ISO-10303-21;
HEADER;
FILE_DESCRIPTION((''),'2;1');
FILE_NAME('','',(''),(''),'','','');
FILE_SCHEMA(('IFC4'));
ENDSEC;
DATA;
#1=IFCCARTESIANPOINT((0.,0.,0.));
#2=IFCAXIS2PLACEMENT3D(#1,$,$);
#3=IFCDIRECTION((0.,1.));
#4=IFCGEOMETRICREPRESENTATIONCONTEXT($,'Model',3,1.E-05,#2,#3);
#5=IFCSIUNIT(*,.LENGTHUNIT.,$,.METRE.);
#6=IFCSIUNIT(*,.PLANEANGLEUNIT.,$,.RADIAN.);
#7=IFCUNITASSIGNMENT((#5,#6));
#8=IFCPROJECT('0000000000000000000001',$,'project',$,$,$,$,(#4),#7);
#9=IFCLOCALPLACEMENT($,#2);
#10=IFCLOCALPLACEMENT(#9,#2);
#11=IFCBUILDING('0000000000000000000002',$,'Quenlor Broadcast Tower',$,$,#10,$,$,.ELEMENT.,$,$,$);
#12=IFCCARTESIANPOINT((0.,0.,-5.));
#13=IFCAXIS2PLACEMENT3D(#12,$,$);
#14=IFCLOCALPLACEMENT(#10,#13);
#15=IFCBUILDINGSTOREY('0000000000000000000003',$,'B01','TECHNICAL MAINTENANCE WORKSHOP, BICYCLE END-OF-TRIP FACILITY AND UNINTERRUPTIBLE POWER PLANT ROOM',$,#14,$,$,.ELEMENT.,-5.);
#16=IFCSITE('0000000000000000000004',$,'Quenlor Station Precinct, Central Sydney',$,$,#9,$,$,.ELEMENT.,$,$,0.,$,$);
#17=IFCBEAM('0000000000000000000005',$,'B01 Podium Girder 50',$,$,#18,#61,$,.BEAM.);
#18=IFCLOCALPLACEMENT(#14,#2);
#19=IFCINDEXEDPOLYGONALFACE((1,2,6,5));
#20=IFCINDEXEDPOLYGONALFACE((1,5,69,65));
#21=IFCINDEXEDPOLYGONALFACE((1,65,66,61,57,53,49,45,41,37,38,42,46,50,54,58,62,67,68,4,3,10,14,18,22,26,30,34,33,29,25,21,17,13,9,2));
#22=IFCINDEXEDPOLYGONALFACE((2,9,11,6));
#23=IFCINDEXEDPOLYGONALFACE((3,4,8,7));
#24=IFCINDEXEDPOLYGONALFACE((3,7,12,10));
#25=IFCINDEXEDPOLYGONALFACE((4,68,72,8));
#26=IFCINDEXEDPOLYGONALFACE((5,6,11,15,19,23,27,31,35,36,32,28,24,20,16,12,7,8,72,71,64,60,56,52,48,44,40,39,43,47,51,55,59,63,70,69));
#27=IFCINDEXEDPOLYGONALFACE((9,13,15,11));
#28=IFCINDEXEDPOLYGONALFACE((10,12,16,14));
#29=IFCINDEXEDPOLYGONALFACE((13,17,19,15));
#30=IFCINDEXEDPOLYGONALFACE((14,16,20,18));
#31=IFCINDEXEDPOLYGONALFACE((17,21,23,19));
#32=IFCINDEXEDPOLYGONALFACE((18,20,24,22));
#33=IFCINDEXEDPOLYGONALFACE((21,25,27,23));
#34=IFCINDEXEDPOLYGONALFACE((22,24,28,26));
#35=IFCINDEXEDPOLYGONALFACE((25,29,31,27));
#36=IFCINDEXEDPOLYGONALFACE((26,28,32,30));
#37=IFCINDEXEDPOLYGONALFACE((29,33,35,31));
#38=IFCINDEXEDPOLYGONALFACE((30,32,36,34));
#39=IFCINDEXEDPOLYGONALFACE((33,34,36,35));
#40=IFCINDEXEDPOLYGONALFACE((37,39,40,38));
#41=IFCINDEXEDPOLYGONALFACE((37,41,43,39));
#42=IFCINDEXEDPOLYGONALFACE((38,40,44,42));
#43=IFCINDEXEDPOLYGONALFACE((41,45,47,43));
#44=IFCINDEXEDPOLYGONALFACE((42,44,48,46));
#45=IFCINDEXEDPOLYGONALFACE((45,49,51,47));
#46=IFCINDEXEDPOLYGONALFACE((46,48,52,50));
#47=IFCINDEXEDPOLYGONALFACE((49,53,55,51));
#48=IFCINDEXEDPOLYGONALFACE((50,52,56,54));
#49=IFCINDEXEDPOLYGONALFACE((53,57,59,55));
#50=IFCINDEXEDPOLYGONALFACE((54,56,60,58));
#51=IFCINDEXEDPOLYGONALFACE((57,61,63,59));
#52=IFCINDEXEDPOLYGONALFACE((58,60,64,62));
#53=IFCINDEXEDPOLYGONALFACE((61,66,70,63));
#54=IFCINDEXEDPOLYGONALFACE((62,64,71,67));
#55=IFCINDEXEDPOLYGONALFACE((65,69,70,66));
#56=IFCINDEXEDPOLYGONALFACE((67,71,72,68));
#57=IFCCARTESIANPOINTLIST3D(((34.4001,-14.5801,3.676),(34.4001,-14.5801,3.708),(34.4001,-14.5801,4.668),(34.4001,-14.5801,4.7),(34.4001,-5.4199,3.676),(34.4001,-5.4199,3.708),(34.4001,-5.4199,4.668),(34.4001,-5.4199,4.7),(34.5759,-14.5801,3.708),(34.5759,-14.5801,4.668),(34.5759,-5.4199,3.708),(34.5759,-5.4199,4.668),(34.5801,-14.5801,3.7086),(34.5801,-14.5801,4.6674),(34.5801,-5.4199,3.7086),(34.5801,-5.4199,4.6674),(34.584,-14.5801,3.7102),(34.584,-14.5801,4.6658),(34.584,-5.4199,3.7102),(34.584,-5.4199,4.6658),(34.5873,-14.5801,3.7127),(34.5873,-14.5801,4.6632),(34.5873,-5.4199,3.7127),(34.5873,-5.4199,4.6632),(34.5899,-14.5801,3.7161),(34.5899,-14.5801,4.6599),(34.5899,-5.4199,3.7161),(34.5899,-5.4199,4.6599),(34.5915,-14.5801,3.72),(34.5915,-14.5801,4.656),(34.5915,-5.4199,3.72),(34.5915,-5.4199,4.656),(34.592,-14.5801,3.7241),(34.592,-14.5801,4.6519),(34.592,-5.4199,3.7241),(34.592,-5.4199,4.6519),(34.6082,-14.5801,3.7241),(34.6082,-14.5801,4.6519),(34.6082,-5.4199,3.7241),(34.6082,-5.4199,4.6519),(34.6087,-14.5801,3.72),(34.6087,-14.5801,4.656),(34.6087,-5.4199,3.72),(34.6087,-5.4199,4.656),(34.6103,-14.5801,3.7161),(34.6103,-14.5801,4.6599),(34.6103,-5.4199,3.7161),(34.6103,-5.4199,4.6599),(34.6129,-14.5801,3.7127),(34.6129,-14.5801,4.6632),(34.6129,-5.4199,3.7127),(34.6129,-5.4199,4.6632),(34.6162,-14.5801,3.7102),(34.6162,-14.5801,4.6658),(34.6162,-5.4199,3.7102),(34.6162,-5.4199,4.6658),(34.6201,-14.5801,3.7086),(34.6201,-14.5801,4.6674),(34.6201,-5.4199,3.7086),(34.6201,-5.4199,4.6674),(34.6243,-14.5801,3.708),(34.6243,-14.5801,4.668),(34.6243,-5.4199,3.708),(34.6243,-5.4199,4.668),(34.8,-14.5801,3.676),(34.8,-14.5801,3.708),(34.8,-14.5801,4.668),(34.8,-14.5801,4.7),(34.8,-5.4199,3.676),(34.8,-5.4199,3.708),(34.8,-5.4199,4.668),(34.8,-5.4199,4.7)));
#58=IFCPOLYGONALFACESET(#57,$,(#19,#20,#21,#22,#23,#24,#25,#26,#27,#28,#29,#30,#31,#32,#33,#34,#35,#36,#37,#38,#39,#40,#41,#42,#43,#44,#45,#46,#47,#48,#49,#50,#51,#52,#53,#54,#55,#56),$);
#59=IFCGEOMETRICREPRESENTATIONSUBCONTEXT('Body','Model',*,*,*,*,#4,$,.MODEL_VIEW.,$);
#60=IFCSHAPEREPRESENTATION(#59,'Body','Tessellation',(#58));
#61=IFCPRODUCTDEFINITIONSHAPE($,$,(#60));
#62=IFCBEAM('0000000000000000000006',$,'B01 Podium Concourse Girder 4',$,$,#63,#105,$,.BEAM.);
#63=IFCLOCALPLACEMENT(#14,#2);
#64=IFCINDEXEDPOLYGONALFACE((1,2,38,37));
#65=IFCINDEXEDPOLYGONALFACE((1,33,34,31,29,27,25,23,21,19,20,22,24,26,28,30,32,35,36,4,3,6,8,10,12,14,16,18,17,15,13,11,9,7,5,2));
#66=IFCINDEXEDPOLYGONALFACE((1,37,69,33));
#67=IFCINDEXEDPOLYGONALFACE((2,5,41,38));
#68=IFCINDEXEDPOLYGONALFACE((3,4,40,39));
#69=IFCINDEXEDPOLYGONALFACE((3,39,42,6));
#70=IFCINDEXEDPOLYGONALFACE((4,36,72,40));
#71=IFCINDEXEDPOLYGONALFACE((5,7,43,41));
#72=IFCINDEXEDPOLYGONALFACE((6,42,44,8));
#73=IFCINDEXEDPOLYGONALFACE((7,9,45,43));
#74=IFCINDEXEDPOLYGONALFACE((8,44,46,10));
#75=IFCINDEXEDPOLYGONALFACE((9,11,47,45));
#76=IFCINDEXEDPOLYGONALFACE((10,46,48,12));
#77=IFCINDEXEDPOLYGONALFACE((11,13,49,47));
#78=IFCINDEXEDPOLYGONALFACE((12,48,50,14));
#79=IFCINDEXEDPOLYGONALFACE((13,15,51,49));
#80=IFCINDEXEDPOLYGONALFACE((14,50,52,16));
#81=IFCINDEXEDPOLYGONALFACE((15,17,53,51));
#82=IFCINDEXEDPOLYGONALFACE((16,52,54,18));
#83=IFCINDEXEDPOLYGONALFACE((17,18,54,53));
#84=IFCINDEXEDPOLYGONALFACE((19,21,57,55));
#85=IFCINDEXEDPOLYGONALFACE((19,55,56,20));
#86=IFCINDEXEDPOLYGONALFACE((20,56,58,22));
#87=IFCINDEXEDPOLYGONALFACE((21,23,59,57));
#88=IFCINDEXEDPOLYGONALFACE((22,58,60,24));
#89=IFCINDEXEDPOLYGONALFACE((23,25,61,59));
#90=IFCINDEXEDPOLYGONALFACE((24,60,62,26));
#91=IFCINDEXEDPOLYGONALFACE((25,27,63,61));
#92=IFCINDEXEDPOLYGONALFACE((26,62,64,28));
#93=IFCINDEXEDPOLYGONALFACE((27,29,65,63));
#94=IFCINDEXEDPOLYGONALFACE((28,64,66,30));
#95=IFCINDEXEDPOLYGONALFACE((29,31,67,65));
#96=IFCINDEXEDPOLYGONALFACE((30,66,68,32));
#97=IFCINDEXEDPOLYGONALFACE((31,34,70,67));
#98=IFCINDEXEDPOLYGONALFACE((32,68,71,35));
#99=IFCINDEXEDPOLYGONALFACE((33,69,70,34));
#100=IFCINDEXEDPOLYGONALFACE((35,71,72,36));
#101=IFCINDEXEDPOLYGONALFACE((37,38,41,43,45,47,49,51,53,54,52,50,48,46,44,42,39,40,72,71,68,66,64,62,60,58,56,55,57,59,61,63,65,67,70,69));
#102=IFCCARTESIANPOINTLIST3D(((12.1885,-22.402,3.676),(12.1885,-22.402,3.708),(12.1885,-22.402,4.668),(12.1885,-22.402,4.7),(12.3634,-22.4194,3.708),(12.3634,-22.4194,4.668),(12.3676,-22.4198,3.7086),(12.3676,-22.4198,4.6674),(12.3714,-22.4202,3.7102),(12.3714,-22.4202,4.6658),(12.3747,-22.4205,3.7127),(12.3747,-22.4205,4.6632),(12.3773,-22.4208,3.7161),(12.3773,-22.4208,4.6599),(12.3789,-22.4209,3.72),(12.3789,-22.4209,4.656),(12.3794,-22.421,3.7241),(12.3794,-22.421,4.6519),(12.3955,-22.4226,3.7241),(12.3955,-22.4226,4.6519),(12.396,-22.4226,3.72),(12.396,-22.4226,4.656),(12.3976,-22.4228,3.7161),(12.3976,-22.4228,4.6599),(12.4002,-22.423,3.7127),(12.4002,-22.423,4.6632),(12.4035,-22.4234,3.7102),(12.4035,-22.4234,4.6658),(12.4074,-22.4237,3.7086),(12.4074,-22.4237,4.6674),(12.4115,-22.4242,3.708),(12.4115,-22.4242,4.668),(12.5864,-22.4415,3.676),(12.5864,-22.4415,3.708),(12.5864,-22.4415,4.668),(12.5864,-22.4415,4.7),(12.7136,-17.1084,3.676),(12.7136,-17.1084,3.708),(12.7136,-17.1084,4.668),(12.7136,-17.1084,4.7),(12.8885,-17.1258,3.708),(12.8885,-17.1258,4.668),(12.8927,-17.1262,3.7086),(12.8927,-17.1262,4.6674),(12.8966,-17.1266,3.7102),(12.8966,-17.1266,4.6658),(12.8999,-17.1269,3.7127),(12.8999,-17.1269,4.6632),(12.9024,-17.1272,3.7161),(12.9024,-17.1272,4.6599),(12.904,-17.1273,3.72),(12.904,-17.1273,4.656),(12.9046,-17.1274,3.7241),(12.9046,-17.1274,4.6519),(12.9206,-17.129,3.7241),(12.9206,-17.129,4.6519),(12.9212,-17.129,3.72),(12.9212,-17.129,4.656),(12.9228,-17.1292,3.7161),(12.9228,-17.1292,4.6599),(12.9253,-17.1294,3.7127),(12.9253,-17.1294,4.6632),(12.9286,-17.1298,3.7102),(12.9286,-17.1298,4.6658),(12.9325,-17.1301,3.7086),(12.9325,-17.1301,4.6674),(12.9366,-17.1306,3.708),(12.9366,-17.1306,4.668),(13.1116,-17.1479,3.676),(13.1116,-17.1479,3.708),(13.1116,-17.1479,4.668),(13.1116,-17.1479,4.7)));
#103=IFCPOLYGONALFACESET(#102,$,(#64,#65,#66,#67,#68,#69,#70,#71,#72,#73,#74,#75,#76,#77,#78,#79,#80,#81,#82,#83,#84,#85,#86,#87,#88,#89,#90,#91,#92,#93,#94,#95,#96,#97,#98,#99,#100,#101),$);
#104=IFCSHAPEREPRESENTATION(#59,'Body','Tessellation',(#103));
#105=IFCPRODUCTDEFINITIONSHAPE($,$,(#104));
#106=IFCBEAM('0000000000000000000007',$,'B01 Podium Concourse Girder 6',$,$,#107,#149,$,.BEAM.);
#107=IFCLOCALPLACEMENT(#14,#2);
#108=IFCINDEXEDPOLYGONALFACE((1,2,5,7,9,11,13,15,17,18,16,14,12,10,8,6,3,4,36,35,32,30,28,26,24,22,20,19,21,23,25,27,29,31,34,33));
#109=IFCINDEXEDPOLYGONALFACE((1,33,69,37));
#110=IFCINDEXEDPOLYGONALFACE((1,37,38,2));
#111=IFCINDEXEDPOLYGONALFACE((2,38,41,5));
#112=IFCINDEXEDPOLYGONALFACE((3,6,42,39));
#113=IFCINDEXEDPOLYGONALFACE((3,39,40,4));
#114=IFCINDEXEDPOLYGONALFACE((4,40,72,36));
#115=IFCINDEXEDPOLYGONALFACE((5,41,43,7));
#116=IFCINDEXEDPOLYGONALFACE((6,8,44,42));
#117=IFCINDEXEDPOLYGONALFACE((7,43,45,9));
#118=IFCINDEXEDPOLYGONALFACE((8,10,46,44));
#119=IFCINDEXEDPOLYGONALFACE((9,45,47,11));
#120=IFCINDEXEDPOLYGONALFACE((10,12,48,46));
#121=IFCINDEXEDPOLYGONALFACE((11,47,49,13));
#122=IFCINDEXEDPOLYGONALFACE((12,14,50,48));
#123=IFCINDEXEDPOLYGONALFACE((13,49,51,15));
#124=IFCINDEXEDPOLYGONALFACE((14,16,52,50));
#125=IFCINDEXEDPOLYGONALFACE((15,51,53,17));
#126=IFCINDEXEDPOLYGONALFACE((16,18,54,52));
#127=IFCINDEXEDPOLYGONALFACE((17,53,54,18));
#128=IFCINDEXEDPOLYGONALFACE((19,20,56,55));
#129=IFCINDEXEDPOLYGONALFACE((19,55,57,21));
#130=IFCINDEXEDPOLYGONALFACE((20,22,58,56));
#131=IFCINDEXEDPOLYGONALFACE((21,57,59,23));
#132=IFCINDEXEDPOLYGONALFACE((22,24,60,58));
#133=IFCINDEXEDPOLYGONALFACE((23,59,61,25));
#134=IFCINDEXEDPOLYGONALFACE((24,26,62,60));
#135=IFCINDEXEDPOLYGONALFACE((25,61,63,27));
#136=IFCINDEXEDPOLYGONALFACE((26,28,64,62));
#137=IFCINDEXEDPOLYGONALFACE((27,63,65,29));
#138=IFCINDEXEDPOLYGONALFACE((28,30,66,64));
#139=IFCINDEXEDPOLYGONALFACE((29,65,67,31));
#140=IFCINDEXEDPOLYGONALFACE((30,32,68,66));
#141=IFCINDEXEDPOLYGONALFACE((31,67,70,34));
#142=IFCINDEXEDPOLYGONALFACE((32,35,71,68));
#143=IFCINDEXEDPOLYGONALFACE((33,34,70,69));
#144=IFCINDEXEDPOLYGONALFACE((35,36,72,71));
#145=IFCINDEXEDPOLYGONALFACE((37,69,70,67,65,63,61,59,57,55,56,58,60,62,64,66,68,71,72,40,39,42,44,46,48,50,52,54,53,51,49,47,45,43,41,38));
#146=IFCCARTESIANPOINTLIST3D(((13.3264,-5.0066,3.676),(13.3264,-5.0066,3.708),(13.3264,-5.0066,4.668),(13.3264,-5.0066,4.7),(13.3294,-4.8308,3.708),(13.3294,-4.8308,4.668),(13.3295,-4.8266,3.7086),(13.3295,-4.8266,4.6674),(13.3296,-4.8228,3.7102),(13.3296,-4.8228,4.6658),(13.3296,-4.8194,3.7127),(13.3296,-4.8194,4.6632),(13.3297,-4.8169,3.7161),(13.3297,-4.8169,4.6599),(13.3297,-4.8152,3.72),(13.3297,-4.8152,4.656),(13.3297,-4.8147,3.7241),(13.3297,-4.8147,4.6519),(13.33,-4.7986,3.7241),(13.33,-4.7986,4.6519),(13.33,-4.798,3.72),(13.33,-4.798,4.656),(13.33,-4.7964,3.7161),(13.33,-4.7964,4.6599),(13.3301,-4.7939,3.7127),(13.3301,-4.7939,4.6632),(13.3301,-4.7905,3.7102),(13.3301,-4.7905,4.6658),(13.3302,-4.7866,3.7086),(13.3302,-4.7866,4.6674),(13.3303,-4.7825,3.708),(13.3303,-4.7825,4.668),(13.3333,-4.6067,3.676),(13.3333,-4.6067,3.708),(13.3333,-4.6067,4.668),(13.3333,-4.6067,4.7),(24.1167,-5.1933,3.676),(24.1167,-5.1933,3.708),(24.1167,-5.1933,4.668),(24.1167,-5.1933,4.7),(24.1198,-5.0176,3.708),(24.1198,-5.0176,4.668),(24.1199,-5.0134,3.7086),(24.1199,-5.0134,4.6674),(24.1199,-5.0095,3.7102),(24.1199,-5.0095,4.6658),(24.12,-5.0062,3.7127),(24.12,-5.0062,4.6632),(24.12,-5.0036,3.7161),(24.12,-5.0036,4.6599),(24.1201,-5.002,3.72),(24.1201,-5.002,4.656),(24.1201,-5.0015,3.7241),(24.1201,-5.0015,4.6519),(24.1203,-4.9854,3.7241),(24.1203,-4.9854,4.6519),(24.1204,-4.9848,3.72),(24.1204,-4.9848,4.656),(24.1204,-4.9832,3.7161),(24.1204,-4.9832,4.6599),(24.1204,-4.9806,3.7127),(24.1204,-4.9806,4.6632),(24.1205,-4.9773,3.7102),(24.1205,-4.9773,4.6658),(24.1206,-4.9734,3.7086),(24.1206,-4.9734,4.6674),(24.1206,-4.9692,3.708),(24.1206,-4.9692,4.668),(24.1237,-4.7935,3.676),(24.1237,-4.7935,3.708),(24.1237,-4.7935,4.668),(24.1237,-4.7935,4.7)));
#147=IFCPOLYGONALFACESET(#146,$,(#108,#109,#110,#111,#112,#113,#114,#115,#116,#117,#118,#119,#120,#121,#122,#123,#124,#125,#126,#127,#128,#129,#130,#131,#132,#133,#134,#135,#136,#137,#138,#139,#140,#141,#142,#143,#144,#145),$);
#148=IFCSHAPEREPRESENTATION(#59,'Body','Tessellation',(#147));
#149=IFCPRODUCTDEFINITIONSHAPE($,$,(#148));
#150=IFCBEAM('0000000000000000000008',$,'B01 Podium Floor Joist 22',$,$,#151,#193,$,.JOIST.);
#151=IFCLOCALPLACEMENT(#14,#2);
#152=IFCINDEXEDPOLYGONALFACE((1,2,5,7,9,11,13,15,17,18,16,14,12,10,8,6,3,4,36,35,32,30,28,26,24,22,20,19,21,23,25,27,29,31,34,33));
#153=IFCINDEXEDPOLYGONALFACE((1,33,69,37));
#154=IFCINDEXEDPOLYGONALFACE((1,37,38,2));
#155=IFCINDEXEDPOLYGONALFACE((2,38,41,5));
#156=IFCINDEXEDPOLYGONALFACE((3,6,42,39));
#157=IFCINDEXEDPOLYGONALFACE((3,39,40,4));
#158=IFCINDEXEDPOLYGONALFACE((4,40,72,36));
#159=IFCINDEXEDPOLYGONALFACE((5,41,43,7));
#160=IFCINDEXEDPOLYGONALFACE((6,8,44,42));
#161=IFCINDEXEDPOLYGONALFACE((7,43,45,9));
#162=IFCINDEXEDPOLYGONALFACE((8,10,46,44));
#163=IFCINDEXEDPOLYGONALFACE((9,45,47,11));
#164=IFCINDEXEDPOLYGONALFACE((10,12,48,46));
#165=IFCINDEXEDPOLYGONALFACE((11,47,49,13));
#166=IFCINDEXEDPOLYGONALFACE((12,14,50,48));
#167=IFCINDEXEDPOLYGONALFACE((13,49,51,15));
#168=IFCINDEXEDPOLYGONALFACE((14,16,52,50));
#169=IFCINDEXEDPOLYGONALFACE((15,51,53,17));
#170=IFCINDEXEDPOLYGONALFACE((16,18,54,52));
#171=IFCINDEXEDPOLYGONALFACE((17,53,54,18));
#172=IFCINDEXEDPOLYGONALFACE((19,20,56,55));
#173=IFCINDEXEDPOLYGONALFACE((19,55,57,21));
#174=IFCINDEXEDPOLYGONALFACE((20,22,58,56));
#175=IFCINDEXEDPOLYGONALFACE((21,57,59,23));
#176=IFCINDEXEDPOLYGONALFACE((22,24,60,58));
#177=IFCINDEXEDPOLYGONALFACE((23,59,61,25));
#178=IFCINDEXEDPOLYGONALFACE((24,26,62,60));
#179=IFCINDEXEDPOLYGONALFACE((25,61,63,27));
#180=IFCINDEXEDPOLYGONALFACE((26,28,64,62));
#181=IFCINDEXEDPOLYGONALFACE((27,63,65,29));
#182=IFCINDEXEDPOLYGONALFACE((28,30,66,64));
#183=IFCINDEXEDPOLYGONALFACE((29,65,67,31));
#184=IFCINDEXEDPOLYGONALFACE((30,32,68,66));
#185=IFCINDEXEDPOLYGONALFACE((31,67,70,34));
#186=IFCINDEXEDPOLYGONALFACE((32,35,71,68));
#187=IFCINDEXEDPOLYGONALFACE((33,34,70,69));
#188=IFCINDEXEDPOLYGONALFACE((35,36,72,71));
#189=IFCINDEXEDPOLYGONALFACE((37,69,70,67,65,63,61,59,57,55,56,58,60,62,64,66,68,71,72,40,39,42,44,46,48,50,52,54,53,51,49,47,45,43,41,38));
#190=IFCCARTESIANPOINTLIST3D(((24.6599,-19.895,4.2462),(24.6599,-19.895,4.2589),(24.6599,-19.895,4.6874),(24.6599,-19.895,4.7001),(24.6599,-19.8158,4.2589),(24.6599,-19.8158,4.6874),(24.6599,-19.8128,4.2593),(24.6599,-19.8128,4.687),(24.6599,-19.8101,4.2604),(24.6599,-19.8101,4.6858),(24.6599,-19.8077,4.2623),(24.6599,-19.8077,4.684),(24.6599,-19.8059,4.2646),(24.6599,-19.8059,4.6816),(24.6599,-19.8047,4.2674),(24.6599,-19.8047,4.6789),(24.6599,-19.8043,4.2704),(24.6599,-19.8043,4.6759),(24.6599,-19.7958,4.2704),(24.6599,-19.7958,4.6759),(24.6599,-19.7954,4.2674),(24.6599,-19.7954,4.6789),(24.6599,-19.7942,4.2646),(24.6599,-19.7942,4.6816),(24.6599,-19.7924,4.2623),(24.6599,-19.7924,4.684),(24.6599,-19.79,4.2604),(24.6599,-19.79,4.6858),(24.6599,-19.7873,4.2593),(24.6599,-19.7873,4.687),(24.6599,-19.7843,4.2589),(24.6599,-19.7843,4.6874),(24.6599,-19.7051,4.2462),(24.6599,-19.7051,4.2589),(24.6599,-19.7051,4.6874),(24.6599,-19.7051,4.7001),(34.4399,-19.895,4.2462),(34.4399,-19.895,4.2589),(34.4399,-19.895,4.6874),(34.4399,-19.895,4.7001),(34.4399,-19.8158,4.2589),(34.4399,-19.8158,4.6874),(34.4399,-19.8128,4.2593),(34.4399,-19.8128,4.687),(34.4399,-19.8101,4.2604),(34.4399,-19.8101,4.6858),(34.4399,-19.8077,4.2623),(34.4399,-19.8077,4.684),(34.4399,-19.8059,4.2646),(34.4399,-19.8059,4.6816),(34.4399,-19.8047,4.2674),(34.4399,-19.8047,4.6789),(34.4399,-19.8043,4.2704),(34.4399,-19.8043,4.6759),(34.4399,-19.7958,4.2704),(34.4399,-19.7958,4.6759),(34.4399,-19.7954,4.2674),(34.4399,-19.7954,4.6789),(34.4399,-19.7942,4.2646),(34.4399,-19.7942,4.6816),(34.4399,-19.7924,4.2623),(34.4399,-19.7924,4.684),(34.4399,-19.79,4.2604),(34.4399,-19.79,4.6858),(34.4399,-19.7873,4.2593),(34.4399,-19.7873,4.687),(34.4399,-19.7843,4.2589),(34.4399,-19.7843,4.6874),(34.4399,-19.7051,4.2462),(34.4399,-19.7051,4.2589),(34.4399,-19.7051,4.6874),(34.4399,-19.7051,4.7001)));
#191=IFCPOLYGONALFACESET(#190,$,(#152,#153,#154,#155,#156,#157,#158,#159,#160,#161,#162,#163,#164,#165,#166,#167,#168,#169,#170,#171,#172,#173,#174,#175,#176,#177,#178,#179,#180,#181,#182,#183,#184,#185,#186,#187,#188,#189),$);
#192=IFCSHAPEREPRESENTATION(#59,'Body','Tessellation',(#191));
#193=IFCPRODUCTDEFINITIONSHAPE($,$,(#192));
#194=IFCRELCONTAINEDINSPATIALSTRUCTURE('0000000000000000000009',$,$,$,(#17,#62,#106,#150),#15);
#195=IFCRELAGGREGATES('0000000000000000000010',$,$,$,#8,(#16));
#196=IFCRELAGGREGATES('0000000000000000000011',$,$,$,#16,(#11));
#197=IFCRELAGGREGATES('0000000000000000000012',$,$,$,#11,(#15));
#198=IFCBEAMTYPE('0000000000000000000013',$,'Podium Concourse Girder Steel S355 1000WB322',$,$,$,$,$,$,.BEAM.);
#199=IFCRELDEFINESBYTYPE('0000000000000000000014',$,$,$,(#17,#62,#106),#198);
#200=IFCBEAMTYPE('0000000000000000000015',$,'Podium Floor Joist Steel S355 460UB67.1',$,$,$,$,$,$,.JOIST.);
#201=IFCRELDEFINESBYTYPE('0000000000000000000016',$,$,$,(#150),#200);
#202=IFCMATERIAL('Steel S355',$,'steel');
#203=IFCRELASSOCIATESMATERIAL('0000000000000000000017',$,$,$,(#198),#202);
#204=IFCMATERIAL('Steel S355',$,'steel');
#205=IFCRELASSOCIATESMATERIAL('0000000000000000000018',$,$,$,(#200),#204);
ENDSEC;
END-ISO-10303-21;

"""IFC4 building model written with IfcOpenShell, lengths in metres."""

from ifc_helpers import new_model, si_unit, direction, frame, origin, origin_2d, place, context, subcontext, project, spatial, i_section, extrude, material, material_profile, profile_set, type_object, element, save


model = new_model("IFC4")

# Units and contexts
model_context = context("Model", 3, precision=1e-05, world=origin(), true_north=direction((0.0, 1.0)))
body_context = subcontext(model_context, "Body", "Model", "MODEL_VIEW")
ifc_project = project(units=[si_unit("LENGTHUNIT", "METRE"), si_unit("PLANEANGLEUNIT", "RADIAN")], contexts=[model_context])

# Site, building, storey
site_placement = place(None, origin())
site = spatial("IfcSite", under=ifc_project, at=site_placement, Name="Quenlor Station Precinct, Central Sydney", CompositionType="ELEMENT", RefElevation=0.0)
building_placement = place(site_placement, origin())
building = spatial("IfcBuilding", under=site, at=building_placement, Name="Quenlor Broadcast Tower", CompositionType="ELEMENT")
storey_placement = place(building_placement, frame((0.0, 0.0, -5.0)))
storey = spatial("IfcBuildingStorey", under=building, at=storey_placement, Name="B01", Description="TECHNICAL MAINTENANCE WORKSHOP, BICYCLE END-OF-TRIP FACILITY AND UNINTERRUPTIBLE POWER PLANT ROOM", CompositionType="ELEMENT", Elevation=-5.0)

# Beams
ifc_material_1 = material(Name="Steel S355", Category="steel")
ifc_material_profile_1 = material_profile(ifc_material_1, i_section(OverallWidth=0.3999, OverallDepth=1.0239, WebThickness=0.0161, FlangeThickness=0.032, FilletRadius=0.0161, at=origin_2d()))
ifc_profile_set_1 = profile_set([ifc_material_profile_1], Name="Steel S355 1000WB322")
beam_type_1 = type_object("IfcBeamType", Name="Podium Concourse Girder Steel S355 1000WB322", PredefinedType="BEAM", material=ifc_profile_set_1)
beam_1_placement = place(storey_placement, frame((34.6001, -14.5801, 4.188), z_axis=(0.0, 1.0, 0.0), x_axis=(-1.0, 0.0, 0.0)))
element("IfcBeam", 1, at=beam_1_placement, inside=storey, type_object=beam_type_1, Name="B01 Podium Girder 50", PredefinedType="BEAM", context=body_context, shape_type="SweptSolid", body=[
    extrude(i_section(OverallWidth=0.3999, OverallDepth=1.0239, WebThickness=0.0161, FlangeThickness=0.032, FilletRadius=0.0161, at=origin_2d()), origin(), (0.0, 0.0, 1.0), 9.1602),
])
beam_2_placement = place(storey_placement, frame((12.9126, -17.1282, 4.188), z_axis=(-0.098718, -0.995115, 0.0), x_axis=(0.995115, -0.098718, 0.0)))
element("IfcBeam", 2, at=beam_2_placement, inside=storey, type_object=beam_type_1, Name="B01 Podium Concourse Girder 4", PredefinedType="BEAM", context=body_context, shape_type="SweptSolid", body=[
    extrude(i_section(OverallWidth=0.3999, OverallDepth=1.0239, WebThickness=0.0161, FlangeThickness=0.032, FilletRadius=0.0161, at=origin_2d()), origin(), (0.0, 0.0, 1.0), 5.3196),
])
beam_3_placement = place(storey_placement, frame((13.3298, -4.8066, 4.188), z_axis=(0.99985, -0.017306, 0.0), x_axis=(0.017306, 0.99985, 0.0)))
element("IfcBeam", 3, at=beam_3_placement, inside=storey, type_object=beam_type_1, Name="B01 Podium Concourse Girder 6", PredefinedType="BEAM", context=body_context, shape_type="SweptSolid", body=[
    extrude(i_section(OverallWidth=0.3999, OverallDepth=1.0239, WebThickness=0.0161, FlangeThickness=0.032, FilletRadius=0.0161, at=origin_2d()), origin(), (0.0, 0.0, 1.0), 10.792),
])
ifc_material_2 = material(Name="Steel S355", Category="steel")
ifc_material_profile_2 = material_profile(ifc_material_2, i_section(OverallWidth=0.1899, OverallDepth=0.4539, WebThickness=0.0085, FlangeThickness=0.0127, FilletRadius=0.0115, at=origin_2d()))
ifc_profile_set_2 = profile_set([ifc_material_profile_2], Name="Steel S355 460UB67.1")
beam_type_2 = type_object("IfcBeamType", Name="Podium Floor Joist Steel S355 460UB67.1", PredefinedType="JOIST", material=ifc_profile_set_2)
for number, where, z_axis, x_axis, name in (
    (4, (24.6599, -19.8, 4.4731), (1.0, 0.0, 0.0), (0.0, 1.0, 0.0), "B01 Podium Floor Joist 22"),
):
    element("IfcBeam", number, at=place(storey_placement, frame(where, z_axis=z_axis, x_axis=x_axis)), inside=storey, type_object=beam_type_2, Name=name, PredefinedType="JOIST", context=body_context, shape_type="SweptSolid", body=[
        extrude(i_section(OverallWidth=0.1899, OverallDepth=0.4539, WebThickness=0.0085, FlangeThickness=0.0127, FilletRadius=0.0115, at=origin_2d()), origin(), (0.0, 0.0, 1.0), 9.78),
    ])

save(model, "model.ifc")
